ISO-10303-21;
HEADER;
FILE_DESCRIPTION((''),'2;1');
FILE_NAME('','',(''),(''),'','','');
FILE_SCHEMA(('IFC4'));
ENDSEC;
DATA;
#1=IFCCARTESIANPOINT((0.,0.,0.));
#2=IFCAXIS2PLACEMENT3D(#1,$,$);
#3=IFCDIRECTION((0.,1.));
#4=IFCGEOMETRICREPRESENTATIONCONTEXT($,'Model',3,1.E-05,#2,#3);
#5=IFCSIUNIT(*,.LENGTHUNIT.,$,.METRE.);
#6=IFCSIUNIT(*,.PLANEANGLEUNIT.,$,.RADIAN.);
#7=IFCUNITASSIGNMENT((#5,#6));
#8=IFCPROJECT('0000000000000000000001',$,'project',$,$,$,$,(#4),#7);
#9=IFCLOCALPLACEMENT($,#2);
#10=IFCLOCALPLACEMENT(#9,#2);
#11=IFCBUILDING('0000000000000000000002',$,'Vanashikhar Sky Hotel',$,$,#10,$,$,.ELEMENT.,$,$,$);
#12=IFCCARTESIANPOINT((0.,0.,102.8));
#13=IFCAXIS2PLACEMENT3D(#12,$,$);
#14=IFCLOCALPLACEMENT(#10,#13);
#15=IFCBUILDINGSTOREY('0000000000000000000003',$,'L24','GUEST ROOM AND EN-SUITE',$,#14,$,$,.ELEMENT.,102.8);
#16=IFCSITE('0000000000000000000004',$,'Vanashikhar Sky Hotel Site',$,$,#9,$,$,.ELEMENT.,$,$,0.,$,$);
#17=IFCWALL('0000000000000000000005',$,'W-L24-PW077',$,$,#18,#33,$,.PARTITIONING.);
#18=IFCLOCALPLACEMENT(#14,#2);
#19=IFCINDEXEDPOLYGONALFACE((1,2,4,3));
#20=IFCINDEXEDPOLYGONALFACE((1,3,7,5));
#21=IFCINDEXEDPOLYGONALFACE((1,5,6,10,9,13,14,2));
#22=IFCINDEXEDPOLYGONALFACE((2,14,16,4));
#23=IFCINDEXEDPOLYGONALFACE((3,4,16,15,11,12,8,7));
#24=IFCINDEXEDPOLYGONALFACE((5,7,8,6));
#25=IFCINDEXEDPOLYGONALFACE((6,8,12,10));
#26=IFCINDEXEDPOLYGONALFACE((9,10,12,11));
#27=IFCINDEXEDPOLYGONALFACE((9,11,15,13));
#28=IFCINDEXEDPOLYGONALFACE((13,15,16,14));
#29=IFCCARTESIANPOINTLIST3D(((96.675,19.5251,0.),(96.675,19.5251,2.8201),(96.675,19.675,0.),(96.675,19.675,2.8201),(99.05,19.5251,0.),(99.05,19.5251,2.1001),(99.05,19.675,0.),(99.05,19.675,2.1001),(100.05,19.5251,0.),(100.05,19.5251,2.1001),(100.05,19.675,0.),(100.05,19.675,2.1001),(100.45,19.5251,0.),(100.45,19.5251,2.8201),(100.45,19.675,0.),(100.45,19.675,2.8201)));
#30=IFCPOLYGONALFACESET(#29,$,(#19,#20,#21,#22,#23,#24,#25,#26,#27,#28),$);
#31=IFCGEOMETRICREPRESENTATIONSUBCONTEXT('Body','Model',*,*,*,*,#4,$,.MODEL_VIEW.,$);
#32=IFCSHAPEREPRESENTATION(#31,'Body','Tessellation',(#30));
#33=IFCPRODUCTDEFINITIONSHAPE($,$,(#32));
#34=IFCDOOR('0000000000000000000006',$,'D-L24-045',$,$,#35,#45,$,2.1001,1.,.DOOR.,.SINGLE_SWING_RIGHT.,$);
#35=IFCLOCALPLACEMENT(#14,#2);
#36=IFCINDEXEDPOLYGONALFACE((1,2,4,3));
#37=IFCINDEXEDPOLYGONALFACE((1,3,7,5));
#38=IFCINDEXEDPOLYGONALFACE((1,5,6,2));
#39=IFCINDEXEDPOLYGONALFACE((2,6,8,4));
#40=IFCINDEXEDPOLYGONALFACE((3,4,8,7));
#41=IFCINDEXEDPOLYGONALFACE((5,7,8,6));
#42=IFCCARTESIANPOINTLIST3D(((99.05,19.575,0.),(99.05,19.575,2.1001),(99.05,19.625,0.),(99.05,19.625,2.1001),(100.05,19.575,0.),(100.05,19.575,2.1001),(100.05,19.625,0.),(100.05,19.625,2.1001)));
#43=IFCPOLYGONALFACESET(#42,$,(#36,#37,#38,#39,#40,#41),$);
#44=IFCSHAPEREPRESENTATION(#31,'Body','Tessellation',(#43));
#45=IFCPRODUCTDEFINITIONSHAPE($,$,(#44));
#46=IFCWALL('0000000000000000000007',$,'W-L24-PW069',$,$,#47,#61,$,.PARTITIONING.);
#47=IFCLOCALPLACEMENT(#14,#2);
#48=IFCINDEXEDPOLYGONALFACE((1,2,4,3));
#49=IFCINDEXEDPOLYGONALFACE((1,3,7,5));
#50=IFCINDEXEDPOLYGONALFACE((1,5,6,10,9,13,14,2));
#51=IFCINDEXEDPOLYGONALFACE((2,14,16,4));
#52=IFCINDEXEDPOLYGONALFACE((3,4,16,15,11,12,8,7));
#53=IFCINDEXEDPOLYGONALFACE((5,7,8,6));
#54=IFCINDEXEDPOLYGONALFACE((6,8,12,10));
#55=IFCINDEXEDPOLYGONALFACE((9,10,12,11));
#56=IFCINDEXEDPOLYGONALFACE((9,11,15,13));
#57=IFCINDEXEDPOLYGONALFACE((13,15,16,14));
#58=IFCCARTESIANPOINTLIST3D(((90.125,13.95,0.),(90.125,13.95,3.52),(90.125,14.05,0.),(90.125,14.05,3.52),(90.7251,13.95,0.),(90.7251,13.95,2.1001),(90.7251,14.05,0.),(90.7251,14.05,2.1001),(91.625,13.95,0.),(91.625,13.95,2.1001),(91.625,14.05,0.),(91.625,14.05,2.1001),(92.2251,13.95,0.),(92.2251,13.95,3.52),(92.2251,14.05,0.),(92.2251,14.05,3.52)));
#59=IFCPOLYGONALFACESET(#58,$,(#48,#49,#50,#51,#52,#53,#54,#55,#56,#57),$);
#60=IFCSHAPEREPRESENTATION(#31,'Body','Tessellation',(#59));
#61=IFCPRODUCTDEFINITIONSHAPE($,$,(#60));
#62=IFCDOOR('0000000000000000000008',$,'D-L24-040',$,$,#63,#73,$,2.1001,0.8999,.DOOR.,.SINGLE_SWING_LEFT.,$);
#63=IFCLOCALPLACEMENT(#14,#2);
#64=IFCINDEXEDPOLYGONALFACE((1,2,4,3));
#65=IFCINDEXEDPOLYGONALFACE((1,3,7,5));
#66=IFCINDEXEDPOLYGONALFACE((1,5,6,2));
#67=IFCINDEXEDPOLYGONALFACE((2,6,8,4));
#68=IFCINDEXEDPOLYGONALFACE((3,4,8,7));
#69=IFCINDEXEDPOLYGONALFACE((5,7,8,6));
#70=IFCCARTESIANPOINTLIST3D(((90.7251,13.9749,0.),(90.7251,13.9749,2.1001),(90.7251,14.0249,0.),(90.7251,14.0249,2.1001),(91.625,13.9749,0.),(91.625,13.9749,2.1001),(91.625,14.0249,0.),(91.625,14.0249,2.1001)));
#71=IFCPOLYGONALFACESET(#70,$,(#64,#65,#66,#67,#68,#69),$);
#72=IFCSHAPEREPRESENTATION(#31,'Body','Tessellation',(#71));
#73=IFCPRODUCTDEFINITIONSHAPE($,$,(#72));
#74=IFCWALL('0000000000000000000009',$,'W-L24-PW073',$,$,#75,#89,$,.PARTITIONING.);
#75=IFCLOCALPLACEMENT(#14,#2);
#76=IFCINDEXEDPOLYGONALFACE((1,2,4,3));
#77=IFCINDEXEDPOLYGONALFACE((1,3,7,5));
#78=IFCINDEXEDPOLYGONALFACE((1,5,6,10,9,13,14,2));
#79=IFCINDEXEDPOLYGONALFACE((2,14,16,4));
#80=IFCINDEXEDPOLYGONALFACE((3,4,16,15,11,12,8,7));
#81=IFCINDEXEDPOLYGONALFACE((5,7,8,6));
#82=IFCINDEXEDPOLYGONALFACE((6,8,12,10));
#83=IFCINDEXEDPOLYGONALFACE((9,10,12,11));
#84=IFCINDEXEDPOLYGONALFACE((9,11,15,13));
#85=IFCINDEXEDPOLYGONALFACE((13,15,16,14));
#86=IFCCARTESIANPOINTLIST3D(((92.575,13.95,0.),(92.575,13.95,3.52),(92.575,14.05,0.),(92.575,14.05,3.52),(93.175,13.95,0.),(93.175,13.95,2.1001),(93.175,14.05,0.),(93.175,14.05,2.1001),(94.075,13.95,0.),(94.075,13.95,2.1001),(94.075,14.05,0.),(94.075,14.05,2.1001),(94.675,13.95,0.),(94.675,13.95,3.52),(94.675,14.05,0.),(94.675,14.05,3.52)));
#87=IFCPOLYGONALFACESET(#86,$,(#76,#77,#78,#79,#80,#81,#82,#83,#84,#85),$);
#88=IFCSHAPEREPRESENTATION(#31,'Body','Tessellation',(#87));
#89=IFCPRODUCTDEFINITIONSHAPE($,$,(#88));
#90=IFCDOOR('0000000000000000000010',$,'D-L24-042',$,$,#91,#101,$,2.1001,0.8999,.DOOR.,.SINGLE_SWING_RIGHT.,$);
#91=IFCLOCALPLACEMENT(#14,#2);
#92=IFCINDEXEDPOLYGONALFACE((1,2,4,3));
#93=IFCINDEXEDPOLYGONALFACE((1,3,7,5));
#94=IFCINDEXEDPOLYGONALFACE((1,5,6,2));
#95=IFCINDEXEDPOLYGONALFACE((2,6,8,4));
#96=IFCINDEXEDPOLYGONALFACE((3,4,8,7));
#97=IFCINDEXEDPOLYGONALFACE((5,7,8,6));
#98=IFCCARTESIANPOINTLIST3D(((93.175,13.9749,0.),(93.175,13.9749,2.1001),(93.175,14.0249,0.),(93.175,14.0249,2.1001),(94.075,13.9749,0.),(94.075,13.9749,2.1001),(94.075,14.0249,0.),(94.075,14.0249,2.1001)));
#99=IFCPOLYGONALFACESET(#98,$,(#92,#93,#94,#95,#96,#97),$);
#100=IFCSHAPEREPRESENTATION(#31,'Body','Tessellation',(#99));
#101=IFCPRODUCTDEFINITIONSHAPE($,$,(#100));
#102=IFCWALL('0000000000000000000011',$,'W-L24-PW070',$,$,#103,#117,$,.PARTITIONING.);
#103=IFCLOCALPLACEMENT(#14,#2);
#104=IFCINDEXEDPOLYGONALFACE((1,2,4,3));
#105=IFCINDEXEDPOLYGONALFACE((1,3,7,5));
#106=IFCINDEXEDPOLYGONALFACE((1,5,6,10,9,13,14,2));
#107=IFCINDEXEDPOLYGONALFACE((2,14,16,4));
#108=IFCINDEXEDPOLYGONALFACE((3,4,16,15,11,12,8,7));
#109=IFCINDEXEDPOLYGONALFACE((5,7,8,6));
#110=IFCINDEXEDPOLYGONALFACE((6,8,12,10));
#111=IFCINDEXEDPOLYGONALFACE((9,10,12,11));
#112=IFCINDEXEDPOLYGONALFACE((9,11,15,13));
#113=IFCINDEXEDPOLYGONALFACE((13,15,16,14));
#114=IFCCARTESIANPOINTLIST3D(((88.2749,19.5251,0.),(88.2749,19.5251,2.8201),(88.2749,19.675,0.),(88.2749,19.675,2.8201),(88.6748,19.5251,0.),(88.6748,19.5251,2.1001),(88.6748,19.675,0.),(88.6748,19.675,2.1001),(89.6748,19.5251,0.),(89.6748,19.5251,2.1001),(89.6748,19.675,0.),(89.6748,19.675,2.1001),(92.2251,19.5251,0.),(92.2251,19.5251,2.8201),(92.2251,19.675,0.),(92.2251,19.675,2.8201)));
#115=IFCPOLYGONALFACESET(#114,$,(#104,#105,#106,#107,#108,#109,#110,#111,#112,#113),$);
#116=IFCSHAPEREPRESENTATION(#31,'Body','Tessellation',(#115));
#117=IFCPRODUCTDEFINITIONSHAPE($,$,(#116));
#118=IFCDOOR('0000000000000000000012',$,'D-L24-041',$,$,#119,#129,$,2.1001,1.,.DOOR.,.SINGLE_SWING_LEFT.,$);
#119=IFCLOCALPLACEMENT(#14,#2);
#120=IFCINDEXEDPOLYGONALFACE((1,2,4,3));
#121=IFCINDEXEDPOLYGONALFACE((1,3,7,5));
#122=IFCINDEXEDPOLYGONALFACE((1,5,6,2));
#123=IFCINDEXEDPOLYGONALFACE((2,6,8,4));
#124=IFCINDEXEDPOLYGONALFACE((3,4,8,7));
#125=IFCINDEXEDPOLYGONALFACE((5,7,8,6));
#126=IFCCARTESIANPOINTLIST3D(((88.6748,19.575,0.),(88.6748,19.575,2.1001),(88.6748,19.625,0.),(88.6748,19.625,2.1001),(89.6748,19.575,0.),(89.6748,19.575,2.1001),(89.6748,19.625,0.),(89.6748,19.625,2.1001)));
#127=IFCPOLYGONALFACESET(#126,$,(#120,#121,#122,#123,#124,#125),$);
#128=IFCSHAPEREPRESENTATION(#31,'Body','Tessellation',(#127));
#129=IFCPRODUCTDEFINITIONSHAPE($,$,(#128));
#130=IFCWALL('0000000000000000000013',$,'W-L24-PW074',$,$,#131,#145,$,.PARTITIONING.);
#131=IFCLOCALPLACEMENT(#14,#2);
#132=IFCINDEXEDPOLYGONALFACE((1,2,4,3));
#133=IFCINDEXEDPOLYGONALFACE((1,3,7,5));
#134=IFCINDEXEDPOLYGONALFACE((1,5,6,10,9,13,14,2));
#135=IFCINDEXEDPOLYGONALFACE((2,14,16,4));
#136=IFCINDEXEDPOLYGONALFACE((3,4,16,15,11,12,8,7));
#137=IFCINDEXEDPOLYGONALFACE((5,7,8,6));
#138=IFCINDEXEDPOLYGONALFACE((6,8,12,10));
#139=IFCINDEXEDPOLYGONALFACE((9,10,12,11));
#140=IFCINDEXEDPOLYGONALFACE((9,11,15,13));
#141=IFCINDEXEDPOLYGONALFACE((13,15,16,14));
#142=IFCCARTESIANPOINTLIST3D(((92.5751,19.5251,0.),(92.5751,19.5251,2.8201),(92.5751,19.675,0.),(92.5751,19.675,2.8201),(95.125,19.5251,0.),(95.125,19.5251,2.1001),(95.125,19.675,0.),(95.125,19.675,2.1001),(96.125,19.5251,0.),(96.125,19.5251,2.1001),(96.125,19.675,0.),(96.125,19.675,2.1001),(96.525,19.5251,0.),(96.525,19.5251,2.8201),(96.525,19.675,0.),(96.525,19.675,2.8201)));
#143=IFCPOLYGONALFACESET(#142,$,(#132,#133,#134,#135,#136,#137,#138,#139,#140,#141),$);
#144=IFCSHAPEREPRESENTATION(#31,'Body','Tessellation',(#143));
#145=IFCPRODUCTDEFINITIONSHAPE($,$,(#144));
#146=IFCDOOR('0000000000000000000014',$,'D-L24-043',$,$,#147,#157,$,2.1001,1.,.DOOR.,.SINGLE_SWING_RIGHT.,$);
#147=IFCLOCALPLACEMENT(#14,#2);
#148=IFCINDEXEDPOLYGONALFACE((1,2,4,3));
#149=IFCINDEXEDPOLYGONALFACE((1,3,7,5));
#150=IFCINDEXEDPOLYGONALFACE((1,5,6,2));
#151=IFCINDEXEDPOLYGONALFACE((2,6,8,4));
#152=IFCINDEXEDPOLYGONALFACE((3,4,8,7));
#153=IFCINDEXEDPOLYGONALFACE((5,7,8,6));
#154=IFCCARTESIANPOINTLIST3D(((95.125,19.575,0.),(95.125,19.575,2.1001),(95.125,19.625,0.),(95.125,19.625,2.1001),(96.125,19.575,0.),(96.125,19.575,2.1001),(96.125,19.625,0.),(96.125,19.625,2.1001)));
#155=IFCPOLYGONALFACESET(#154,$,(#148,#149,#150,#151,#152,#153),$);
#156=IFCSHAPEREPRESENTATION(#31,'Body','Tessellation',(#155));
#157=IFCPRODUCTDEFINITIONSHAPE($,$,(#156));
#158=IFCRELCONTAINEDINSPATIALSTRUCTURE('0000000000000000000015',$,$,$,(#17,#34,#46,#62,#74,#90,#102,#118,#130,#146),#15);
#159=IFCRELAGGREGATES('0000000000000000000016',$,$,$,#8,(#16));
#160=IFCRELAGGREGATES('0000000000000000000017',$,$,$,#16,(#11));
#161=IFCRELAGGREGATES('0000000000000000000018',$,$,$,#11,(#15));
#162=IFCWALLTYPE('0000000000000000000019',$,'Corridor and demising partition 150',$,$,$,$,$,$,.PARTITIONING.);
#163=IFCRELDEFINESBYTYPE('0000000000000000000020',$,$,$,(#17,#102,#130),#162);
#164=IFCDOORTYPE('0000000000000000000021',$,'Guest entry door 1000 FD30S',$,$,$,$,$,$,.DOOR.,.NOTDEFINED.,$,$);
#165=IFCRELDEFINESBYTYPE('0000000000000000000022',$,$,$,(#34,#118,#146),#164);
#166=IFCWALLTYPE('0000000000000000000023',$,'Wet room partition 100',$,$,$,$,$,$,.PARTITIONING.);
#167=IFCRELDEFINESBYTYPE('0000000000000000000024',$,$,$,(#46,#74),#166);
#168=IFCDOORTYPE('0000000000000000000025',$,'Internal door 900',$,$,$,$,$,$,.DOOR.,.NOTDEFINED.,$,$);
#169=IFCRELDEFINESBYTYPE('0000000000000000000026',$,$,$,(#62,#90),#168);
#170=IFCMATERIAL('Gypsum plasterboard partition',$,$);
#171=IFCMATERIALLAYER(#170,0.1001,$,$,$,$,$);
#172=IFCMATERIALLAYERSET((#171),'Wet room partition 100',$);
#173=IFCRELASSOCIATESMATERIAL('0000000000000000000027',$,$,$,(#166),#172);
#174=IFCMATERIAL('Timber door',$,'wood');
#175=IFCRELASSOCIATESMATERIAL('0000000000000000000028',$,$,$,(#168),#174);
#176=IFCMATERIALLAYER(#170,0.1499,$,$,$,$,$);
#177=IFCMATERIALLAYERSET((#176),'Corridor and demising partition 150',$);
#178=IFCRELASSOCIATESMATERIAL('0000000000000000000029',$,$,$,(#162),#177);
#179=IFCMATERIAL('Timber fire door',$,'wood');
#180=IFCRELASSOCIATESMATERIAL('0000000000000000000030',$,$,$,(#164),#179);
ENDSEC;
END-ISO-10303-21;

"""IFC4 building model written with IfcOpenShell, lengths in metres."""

from ifc_helpers import new_model, si_unit, direction, frame, frame_2d, origin, place, context, subcontext, project, spatial, rectangle, extrude, source, transform, mapped, material, layer, layer_set, type_object, element, fill, save


model = new_model("IFC4")

# Units and contexts
model_context = context("Model", 3, precision=1e-05, world=origin(), true_north=direction((0.0, 1.0)))
body_context = subcontext(model_context, "Body", "Model", "MODEL_VIEW")
ifc_project = project(units=[si_unit("LENGTHUNIT", "METRE"), si_unit("PLANEANGLEUNIT", "RADIAN")], contexts=[model_context])

# Site, building, storey
site_placement = place(None, origin())
site = spatial("IfcSite", under=ifc_project, at=site_placement, Name="Vanashikhar Sky Hotel Site", CompositionType="ELEMENT", RefElevation=0.0)
building_placement = place(site_placement, origin())
building = spatial("IfcBuilding", under=site, at=building_placement, Name="Vanashikhar Sky Hotel", CompositionType="ELEMENT")
storey_placement = place(building_placement, frame((0.0, 0.0, 102.8)))
storey = spatial("IfcBuildingStorey", under=building, at=storey_placement, Name="L24", Description="GUEST ROOM AND EN-SUITE", CompositionType="ELEMENT", Elevation=102.8)

# Shared definitions
ifc_material_1 = material(Name="Gypsum plasterboard partition")
ifc_layer_1 = layer(ifc_material_1, 0.1001)
ifc_layer_set_1 = layer_set([ifc_layer_1], Name="Wet room partition 100")
wall_type_1 = type_object("IfcWallType", Name="Wet room partition 100", PredefinedType="PARTITIONING", material=ifc_layer_set_1)

# Walls, openings, doors
shared_shape_1 = source(origin(), body_context, "Body", "SweptSolid", [
    extrude(rectangle(XDim=0.8999, YDim=2.1001, at=frame_2d((0.45, 1.05))), frame((0.0, 0.0601, 0.0), z_axis=(0.0, -1.0, 0.0), x_axis=(1.0, 0.0, 0.0)), (0.0, 0.0, 1.0), 0.1201),
])
ifc_material_2 = material(Name="Timber door", Category="wood")
door_type_1 = type_object("IfcDoorType", Name="Internal door 900", OperationType="NOTDEFINED", PredefinedType="DOOR", material=ifc_material_2)
shared_shape_2 = source(origin(), body_context, "Body", "SweptSolid", [
    extrude(rectangle(XDim=0.8999, YDim=2.1001, at=frame_2d((0.45, 1.05))), frame((0.0, 0.0249, 0.0), z_axis=(0.0, -1.0, 0.0), x_axis=(1.0, 0.0, 0.0)), (0.0, 0.0, 1.0), 0.05),
])
ifc_layer_2 = layer(ifc_material_1, 0.1499)
ifc_layer_set_2 = layer_set([ifc_layer_2], Name="Corridor and demising partition 150")
wall_type_2 = type_object("IfcWallType", Name="Corridor and demising partition 150", PredefinedType="PARTITIONING", material=ifc_layer_set_2)
shared_shape_3 = source(origin(), body_context, "Body", "SweptSolid", [
    extrude(rectangle(XDim=3.7749, YDim=0.1499, at=frame_2d((1.8875, 0.0))), origin(), (0.0, 0.0, 1.0), 2.8201),
])
wall_1_placement = place(storey_placement, frame((96.675, 19.6001, 0.0), z_axis=(0.0, 0.0, 1.0), x_axis=(1.0, 0.0, 0.0)))
wall_1 = element("IfcWall", 1, at=wall_1_placement, inside=storey, type_object=wall_type_2, Name="W-L24-PW077", PredefinedType="PARTITIONING", context=body_context, shape_type="MappedRepresentation", body=[
    mapped(shared_shape_3, transform((0.0, 0.0, 0.0), scale=1.0)),
])
shared_shape_4 = source(origin(), body_context, "Body", "SweptSolid", [
    extrude(rectangle(XDim=1.0, YDim=2.1001, at=frame_2d((0.5, 1.05))), frame((0.0, 0.085, 0.0), z_axis=(0.0, -1.0, 0.0), x_axis=(1.0, 0.0, 0.0)), (0.0, 0.0, 1.0), 0.1699),
])
opening_1_placement = place(wall_1_placement, frame((2.375, 0.0, 0.0)))
opening_1 = element("IfcOpeningElement", 2, at=opening_1_placement, cuts=wall_1, PredefinedType="OPENING", context=body_context, shape_type="MappedRepresentation", body=[
    mapped(shared_shape_4, transform((0.0, 0.0, 0.0), scale=1.0)),
])
ifc_material_3 = material(Name="Timber fire door", Category="wood")
door_type_2 = type_object("IfcDoorType", Name="Guest entry door 1000 FD30S", OperationType="NOTDEFINED", PredefinedType="DOOR", material=ifc_material_3)
shared_shape_5 = source(origin(), body_context, "Body", "SweptSolid", [
    extrude(rectangle(XDim=1.0, YDim=2.1001, at=frame_2d((0.5, 1.05))), frame((0.0, 0.0249, 0.0), z_axis=(0.0, -1.0, 0.0), x_axis=(1.0, 0.0, 0.0)), (0.0, 0.0, 1.0), 0.05),
])
door_1_placement = place(opening_1_placement, origin())
door_1 = element("IfcDoor", 3, at=door_1_placement, inside=storey, type_object=door_type_2, Name="D-L24-045", OperationType="SINGLE_SWING_RIGHT", OverallHeight=2.1001, OverallWidth=1.0, PredefinedType="DOOR", context=body_context, shape_type="MappedRepresentation", body=[
    mapped(shared_shape_5, transform((0.0, 0.0, 0.0), scale=1.0)),
])
fill(opening_1, door_1)
shared_shape_6 = source(origin(), body_context, "Body", "SweptSolid", [
    extrude(rectangle(XDim=2.1001, YDim=0.1001, at=frame_2d((1.05, 0.0))), origin(), (0.0, 0.0, 1.0), 3.52),
])
wall_2_placement = place(storey_placement, frame((90.125, 14.0, 0.0), z_axis=(0.0, 0.0, 1.0), x_axis=(1.0, 0.0, 0.0)))
wall_2 = element("IfcWall", 4, at=wall_2_placement, inside=storey, type_object=wall_type_1, Name="W-L24-PW069", PredefinedType="PARTITIONING", context=body_context, shape_type="MappedRepresentation", body=[
    mapped(shared_shape_6, transform((0.0, 0.0, 0.0), scale=1.0)),
])
opening_2_placement = place(wall_2_placement, frame((0.6001, 0.0, 0.0)))
opening_2 = element("IfcOpeningElement", 5, at=opening_2_placement, cuts=wall_2, PredefinedType="OPENING", context=body_context, shape_type="MappedRepresentation", body=[
    mapped(shared_shape_1, transform((0.0, 0.0, 0.0), scale=1.0)),
])
door_2_placement = place(opening_2_placement, origin())
door_2 = element("IfcDoor", 6, at=door_2_placement, inside=storey, type_object=door_type_1, Name="D-L24-040", OperationType="SINGLE_SWING_LEFT", OverallHeight=2.1001, OverallWidth=0.8999, PredefinedType="DOOR", context=body_context, shape_type="MappedRepresentation", body=[
    mapped(shared_shape_2, transform((0.0, 0.0, 0.0), scale=1.0)),
])
fill(opening_2, door_2)
wall_3_placement = place(storey_placement, frame((92.575, 14.0, 0.0), z_axis=(0.0, 0.0, 1.0), x_axis=(1.0, 0.0, 0.0)))
wall_3 = element("IfcWall", 7, at=wall_3_placement, inside=storey, type_object=wall_type_1, Name="W-L24-PW073", PredefinedType="PARTITIONING", context=body_context, shape_type="MappedRepresentation", body=[
    mapped(shared_shape_6, transform((0.0, 0.0, 0.0), scale=1.0)),
])
opening_3_placement = place(wall_3_placement, frame((0.6001, 0.0, 0.0)))
opening_3 = element("IfcOpeningElement", 8, at=opening_3_placement, cuts=wall_3, PredefinedType="OPENING", context=body_context, shape_type="MappedRepresentation", body=[
    mapped(shared_shape_1, transform((0.0, 0.0, 0.0), scale=1.0)),
])
door_3_placement = place(opening_3_placement, origin())
door_3 = element("IfcDoor", 9, at=door_3_placement, inside=storey, type_object=door_type_1, Name="D-L24-042", OperationType="SINGLE_SWING_RIGHT", OverallHeight=2.1001, OverallWidth=0.8999, PredefinedType="DOOR", context=body_context, shape_type="MappedRepresentation", body=[
    mapped(shared_shape_2, transform((0.0, 0.0, 0.0), scale=1.0)),
])
fill(opening_3, door_3)
shared_shape_7 = source(origin(), body_context, "Body", "SweptSolid", [
    extrude(rectangle(XDim=3.9502, YDim=0.1499, at=frame_2d((1.9751, 0.0))), origin(), (0.0, 0.0, 1.0), 2.8201),
])
wall_4_placement = place(storey_placement, frame((88.2749, 19.6001, 0.0), z_axis=(0.0, 0.0, 1.0), x_axis=(1.0, 0.0, 0.0)))
wall_4 = element("IfcWall", 10, at=wall_4_placement, inside=storey, type_object=wall_type_2, Name="W-L24-PW070", PredefinedType="PARTITIONING", context=body_context, shape_type="MappedRepresentation", body=[
    mapped(shared_shape_7, transform((0.0, 0.0, 0.0), scale=1.0)),
])
opening_4_placement = place(wall_4_placement, frame((0.3999, 0.0, 0.0)))
opening_4 = element("IfcOpeningElement", 11, at=opening_4_placement, cuts=wall_4, PredefinedType="OPENING", context=body_context, shape_type="MappedRepresentation", body=[
    mapped(shared_shape_4, transform((0.0, 0.0, 0.0), scale=1.0)),
])
door_4_placement = place(opening_4_placement, origin())
door_4 = element("IfcDoor", 12, at=door_4_placement, inside=storey, type_object=door_type_2, Name="D-L24-041", OperationType="SINGLE_SWING_LEFT", OverallHeight=2.1001, OverallWidth=1.0, PredefinedType="DOOR", context=body_context, shape_type="MappedRepresentation", body=[
    mapped(shared_shape_5, transform((0.0, 0.0, 0.0), scale=1.0)),
])
fill(opening_4, door_4)
shared_shape_8 = source(origin(), body_context, "Body", "SweptSolid", [
    extrude(rectangle(XDim=3.95, YDim=0.1499, at=frame_2d((1.9751, 0.0))), origin(), (0.0, 0.0, 1.0), 2.8201),
])
wall_5_placement = place(storey_placement, frame((92.575, 19.6001, 0.0), z_axis=(0.0, 0.0, 1.0), x_axis=(1.0, 0.0, 0.0)))
wall_5 = element("IfcWall", 13, at=wall_5_placement, inside=storey, type_object=wall_type_2, Name="W-L24-PW074", PredefinedType="PARTITIONING", context=body_context, shape_type="MappedRepresentation", body=[
    mapped(shared_shape_8, transform((0.0, 0.0, 0.0), scale=1.0)),
])
opening_5_placement = place(wall_5_placement, frame((2.55, 0.0, 0.0)))
opening_5 = element("IfcOpeningElement", 14, at=opening_5_placement, cuts=wall_5, PredefinedType="OPENING", context=body_context, shape_type="MappedRepresentation", body=[
    mapped(shared_shape_4, transform((0.0, 0.0, 0.0), scale=1.0)),
])
door_5_placement = place(opening_5_placement, origin())
door_5 = element("IfcDoor", 15, at=door_5_placement, inside=storey, type_object=door_type_2, Name="D-L24-043", OperationType="SINGLE_SWING_RIGHT", OverallHeight=2.1001, OverallWidth=1.0, PredefinedType="DOOR", context=body_context, shape_type="MappedRepresentation", body=[
    mapped(shared_shape_5, transform((0.0, 0.0, 0.0), scale=1.0)),
])
fill(opening_5, door_5)

save(model, "model.ifc")
